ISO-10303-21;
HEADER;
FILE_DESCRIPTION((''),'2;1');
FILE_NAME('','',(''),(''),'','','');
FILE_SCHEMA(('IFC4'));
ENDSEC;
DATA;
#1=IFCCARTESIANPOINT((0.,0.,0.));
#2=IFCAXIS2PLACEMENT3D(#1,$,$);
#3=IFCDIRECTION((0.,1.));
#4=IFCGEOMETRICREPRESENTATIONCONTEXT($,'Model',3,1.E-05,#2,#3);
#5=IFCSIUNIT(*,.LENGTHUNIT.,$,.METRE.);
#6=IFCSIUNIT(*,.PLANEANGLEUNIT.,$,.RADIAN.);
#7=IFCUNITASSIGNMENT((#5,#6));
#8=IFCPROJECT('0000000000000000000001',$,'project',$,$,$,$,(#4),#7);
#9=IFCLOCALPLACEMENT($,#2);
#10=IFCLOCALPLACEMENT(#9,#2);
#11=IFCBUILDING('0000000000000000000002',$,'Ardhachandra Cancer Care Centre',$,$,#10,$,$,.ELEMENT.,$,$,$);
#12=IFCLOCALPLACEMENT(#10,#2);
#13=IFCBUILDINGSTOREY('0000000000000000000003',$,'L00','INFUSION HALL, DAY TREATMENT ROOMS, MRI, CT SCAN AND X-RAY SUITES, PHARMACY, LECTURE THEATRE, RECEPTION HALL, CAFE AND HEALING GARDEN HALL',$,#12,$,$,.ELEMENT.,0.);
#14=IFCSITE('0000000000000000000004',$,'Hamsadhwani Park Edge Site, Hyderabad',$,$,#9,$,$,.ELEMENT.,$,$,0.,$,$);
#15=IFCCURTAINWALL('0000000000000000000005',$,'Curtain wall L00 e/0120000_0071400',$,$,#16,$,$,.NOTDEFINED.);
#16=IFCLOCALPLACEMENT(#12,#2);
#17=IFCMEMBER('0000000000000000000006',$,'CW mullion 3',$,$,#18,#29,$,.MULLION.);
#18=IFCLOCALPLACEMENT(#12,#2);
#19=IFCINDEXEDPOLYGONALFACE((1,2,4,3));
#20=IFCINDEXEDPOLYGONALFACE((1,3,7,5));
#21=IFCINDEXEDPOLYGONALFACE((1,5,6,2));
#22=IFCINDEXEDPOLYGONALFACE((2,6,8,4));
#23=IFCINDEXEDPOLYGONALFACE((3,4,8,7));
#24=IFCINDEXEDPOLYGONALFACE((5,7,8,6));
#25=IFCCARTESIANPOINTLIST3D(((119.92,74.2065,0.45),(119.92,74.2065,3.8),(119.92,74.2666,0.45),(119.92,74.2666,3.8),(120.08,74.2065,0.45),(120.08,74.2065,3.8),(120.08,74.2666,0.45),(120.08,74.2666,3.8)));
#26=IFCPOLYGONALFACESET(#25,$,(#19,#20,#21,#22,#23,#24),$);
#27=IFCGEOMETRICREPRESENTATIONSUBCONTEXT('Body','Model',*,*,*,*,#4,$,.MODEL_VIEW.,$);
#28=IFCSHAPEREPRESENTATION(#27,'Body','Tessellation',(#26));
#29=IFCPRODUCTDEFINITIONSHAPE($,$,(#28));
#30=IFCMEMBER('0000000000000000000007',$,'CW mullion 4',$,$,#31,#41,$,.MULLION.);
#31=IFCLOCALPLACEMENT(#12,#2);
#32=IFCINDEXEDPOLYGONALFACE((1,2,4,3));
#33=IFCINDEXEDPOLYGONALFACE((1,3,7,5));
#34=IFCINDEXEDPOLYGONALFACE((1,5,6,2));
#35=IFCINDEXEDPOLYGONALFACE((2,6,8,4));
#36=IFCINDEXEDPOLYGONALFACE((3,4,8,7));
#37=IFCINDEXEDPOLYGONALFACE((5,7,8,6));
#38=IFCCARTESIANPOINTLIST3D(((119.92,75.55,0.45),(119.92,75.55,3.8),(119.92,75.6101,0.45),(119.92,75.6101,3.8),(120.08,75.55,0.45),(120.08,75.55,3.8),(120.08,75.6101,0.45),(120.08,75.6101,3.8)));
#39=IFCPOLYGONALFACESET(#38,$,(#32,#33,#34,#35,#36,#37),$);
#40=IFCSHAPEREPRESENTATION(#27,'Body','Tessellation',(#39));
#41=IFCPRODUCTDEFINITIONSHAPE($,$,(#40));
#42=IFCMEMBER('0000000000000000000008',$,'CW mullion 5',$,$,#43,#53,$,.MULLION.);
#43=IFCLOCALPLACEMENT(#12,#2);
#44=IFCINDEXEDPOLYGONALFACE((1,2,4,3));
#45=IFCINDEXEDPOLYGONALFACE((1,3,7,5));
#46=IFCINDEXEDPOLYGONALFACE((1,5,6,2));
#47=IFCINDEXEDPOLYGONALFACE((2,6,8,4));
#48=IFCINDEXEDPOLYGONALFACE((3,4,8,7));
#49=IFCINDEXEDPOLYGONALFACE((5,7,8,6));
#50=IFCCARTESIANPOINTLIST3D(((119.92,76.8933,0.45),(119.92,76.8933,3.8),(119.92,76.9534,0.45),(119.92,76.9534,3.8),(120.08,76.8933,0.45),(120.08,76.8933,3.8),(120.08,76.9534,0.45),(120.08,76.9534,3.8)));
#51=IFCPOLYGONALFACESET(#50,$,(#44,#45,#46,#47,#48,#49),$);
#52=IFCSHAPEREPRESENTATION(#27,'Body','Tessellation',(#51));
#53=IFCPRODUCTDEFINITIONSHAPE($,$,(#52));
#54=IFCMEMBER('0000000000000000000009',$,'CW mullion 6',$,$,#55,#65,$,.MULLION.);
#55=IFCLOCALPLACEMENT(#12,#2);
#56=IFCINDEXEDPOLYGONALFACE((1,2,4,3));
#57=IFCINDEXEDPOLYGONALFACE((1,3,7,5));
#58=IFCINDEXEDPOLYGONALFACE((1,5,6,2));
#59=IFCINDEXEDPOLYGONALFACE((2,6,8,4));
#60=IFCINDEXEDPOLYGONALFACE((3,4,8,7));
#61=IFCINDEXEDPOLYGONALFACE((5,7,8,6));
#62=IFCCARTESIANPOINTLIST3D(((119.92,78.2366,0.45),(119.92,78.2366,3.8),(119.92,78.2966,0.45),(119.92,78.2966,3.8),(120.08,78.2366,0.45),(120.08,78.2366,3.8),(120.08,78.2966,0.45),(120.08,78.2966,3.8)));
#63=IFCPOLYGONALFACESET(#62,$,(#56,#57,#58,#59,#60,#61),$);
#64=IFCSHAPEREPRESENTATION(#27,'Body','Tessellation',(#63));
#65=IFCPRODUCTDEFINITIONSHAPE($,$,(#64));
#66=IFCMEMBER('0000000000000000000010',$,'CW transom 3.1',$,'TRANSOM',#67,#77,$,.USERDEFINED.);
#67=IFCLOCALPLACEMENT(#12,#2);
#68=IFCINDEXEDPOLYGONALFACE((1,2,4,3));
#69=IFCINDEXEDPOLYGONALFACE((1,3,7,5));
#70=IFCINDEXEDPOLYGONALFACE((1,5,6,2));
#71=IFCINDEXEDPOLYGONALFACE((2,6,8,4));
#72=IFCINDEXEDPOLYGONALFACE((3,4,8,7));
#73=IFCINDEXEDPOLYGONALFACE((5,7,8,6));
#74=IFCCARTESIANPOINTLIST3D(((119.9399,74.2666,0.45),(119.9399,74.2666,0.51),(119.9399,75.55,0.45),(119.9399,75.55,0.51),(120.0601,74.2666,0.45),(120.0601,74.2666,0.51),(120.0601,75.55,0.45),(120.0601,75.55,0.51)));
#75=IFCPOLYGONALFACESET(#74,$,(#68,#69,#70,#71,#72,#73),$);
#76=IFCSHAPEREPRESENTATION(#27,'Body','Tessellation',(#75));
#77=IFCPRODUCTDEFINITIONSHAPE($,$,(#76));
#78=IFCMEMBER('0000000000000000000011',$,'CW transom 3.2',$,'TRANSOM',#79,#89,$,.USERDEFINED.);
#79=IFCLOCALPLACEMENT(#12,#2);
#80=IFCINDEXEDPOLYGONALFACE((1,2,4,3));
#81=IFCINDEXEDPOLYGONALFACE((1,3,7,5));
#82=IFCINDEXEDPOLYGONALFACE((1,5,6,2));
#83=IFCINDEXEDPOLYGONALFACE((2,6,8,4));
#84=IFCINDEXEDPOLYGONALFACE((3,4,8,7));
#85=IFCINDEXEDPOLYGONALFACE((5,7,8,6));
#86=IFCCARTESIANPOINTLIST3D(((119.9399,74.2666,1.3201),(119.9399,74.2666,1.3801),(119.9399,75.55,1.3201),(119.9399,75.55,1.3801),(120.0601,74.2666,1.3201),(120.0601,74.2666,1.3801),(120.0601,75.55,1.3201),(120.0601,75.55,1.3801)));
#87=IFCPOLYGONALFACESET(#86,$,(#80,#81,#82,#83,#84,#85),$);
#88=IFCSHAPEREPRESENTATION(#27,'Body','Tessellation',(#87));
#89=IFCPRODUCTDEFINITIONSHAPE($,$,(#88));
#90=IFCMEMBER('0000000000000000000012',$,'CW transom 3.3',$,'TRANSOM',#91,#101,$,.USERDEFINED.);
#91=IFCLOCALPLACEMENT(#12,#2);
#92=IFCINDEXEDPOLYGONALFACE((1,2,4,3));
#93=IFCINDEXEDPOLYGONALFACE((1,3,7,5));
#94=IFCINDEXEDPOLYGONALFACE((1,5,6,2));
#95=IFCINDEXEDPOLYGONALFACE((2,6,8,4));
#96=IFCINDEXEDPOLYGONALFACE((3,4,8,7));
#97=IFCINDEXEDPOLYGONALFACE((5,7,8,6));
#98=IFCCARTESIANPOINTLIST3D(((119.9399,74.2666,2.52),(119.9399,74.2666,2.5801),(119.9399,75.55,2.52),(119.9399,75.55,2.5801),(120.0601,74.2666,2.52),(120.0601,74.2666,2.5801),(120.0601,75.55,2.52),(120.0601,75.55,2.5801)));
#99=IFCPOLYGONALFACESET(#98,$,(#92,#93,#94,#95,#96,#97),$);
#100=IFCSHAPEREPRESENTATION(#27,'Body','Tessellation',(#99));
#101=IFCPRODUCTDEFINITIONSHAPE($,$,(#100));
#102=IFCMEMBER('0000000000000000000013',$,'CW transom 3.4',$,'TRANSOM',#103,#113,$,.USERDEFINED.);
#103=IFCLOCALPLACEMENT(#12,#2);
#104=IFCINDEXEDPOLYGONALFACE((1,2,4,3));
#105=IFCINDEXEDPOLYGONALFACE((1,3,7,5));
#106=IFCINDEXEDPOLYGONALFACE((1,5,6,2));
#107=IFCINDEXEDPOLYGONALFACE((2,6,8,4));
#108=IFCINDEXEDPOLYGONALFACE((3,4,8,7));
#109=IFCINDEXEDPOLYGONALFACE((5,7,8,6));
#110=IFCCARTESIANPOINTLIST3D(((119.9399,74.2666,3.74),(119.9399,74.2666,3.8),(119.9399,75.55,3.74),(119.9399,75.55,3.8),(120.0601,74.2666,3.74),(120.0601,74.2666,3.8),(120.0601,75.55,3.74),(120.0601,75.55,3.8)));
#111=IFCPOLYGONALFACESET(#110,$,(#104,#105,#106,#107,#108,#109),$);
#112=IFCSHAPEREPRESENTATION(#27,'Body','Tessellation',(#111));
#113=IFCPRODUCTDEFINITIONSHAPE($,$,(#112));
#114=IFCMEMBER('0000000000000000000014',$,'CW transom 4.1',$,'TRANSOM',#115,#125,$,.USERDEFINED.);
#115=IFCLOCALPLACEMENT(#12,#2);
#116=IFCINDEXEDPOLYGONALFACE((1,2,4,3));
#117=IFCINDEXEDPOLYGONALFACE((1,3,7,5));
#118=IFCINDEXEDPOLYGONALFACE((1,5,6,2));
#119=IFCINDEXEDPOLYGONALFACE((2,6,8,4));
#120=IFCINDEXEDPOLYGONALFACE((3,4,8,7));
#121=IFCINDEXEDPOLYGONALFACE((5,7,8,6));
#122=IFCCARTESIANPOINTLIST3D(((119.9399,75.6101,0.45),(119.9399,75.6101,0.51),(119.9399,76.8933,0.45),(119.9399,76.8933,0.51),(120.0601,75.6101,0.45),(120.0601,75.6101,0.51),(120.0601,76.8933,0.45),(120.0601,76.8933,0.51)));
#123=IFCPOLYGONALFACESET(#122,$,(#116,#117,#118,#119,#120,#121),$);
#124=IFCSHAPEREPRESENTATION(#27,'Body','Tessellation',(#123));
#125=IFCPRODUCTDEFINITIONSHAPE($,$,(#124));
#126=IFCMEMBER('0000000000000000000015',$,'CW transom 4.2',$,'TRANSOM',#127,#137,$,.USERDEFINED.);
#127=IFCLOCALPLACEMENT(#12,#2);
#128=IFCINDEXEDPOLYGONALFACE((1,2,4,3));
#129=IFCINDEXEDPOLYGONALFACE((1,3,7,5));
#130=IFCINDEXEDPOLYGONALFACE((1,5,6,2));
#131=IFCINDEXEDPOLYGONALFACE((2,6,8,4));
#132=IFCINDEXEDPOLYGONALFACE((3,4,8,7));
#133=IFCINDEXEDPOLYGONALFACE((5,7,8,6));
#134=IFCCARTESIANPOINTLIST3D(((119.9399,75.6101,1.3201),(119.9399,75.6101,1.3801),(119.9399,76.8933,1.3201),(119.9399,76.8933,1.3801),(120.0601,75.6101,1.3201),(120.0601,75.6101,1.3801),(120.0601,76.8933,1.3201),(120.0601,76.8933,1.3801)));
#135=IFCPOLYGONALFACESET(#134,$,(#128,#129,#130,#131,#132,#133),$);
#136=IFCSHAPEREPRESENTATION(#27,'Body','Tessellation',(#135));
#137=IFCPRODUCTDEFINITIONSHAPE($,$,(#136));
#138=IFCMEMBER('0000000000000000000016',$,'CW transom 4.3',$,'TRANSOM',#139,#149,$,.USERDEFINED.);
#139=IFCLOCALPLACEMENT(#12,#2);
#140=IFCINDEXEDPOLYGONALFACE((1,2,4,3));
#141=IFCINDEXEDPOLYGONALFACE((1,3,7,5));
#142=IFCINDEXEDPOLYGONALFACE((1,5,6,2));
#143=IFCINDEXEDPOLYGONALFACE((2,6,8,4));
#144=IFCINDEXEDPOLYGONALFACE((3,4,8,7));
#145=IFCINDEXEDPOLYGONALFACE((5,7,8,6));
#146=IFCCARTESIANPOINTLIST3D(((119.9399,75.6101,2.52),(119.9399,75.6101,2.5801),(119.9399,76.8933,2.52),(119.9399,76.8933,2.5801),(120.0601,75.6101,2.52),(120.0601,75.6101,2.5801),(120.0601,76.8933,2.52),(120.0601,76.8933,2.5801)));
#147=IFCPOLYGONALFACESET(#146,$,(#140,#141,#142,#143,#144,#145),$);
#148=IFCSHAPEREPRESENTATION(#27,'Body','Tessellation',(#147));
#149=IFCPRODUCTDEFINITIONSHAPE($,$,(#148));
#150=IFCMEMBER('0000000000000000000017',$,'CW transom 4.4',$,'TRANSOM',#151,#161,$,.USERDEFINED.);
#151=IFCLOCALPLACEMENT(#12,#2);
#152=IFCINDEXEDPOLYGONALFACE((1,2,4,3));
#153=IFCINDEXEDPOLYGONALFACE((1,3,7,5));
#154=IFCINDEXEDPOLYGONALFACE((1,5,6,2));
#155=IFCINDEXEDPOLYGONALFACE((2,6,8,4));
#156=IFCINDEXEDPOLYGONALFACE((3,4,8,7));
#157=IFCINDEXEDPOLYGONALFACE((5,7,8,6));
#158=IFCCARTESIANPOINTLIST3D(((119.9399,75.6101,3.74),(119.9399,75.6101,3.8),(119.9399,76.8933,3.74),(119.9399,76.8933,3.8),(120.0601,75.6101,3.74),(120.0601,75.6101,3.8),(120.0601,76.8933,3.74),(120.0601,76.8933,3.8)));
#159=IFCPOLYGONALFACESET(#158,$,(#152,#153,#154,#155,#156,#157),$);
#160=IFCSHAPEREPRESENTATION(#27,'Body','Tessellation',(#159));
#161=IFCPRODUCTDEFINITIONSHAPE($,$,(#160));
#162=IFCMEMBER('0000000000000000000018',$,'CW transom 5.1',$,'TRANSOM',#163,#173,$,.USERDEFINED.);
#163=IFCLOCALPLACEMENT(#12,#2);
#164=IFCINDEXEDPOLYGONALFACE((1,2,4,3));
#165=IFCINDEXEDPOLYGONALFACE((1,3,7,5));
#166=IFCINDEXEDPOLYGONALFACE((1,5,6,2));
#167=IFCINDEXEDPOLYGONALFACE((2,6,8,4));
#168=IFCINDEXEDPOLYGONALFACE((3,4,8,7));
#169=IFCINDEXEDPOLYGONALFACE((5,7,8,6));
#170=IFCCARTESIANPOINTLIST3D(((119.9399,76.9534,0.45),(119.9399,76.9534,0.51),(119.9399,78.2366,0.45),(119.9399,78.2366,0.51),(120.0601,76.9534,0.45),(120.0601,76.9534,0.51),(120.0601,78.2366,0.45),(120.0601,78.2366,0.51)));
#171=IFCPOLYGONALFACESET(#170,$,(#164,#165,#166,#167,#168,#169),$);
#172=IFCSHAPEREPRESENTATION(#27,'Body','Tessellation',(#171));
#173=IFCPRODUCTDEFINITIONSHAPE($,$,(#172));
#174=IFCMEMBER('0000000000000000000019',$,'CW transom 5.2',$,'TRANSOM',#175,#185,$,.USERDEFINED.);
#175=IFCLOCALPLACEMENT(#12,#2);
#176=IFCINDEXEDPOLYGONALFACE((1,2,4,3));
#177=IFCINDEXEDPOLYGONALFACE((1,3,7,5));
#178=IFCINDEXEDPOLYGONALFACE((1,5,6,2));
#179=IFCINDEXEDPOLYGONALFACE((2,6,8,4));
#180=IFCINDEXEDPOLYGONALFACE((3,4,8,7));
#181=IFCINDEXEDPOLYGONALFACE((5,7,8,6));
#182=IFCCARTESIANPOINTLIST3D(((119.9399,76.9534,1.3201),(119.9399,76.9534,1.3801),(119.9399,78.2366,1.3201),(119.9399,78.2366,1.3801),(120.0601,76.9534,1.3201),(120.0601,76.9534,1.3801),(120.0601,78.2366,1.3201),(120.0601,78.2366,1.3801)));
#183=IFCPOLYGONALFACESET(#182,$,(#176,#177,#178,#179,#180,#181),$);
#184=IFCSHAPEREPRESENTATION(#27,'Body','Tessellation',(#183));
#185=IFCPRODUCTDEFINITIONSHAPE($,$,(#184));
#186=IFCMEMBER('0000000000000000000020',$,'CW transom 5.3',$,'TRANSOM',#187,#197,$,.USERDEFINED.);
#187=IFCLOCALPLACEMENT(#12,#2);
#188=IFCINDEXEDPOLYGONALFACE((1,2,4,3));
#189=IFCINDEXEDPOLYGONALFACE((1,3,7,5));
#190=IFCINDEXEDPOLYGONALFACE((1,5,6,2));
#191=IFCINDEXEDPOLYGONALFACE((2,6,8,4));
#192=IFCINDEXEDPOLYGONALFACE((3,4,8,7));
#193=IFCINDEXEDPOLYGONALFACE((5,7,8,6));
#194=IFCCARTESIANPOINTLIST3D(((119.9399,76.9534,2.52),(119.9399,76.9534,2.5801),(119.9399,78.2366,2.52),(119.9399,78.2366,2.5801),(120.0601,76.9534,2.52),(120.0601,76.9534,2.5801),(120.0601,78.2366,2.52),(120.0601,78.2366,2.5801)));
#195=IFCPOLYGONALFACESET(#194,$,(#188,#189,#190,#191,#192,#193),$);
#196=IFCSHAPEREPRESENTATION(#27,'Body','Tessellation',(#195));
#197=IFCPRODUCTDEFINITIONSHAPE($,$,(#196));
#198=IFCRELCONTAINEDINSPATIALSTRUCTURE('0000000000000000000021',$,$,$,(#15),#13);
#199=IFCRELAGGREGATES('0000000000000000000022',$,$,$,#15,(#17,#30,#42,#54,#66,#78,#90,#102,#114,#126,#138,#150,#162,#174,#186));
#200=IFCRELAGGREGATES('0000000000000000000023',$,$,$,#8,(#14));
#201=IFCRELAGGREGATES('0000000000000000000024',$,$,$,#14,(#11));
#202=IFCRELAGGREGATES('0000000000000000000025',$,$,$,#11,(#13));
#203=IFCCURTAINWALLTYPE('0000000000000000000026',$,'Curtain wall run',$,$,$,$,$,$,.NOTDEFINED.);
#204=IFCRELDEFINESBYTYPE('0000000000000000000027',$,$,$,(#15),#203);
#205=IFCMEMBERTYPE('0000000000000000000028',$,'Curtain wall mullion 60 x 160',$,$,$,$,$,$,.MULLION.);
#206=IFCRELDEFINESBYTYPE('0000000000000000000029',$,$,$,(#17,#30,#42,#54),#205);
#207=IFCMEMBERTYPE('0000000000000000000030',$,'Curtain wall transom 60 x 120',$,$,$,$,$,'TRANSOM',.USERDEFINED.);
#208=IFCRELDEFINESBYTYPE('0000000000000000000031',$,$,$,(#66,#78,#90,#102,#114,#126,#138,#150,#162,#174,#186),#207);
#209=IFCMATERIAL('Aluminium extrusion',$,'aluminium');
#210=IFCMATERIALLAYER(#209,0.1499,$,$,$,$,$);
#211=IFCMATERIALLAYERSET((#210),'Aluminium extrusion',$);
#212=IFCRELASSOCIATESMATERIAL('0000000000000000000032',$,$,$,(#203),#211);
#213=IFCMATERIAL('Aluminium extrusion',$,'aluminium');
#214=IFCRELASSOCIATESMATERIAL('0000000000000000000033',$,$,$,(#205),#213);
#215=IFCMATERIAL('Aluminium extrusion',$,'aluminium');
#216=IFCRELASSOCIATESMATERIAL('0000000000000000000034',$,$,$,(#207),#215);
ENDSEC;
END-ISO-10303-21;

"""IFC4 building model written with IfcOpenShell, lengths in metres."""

from ifc_helpers import new_model, si_unit, direction, frame, origin, origin_2d, place, context, subcontext, project, spatial, rectangle, extrude, material, layer, layer_set, material_profile, profile_set, type_object, element, aggregate, save


model = new_model("IFC4")

# Units and contexts
model_context = context("Model", 3, precision=1e-05, world=origin(), true_north=direction((0.0, 1.0)))
body_context = subcontext(model_context, "Body", "Model", "MODEL_VIEW")
ifc_project = project(units=[si_unit("LENGTHUNIT", "METRE"), si_unit("PLANEANGLEUNIT", "RADIAN")], contexts=[model_context])

# Site, building, storey
site_placement = place(None, origin())
site = spatial("IfcSite", under=ifc_project, at=site_placement, Name="Hamsadhwani Park Edge Site, Hyderabad", CompositionType="ELEMENT", RefElevation=0.0)
building_placement = place(site_placement, origin())
building = spatial("IfcBuilding", under=site, at=building_placement, Name="Ardhachandra Cancer Care Centre", CompositionType="ELEMENT")
storey_placement = place(building_placement, origin())
storey = spatial("IfcBuildingStorey", under=building, at=storey_placement, Name="L00", Description="INFUSION HALL, DAY TREATMENT ROOMS, MRI, CT SCAN AND X-RAY SUITES, PHARMACY, LECTURE THEATRE, RECEPTION HALL, CAFE AND HEALING GARDEN HALL", CompositionType="ELEMENT", Elevation=0.0)

# Curtain wall, members
ifc_material_1 = material(Name="Aluminium extrusion", Category="aluminium")
ifc_layer_1 = layer(ifc_material_1, 0.1499)
ifc_layer_set_1 = layer_set([ifc_layer_1], Name="Aluminium extrusion")
curtain_wall_type = type_object("IfcCurtainWallType", Name="Curtain wall run", PredefinedType="NOTDEFINED", material=ifc_layer_set_1)
curtain_wall_placement = place(storey_placement, origin())
curtain_wall = element("IfcCurtainWall", 1, at=curtain_wall_placement, inside=storey, type_object=curtain_wall_type, Name="Curtain wall L00 e/0120000_0071400", PredefinedType="NOTDEFINED")
ifc_material_2 = material(Name="Aluminium extrusion", Category="aluminium")
ifc_material_profile_1 = material_profile(ifc_material_2, rectangle(XDim=0.1599, YDim=0.0601, at=origin_2d()), Name="Curtain wall mullion 60 x 160")
ifc_profile_set_1 = profile_set([ifc_material_profile_1], Name="Aluminium extrusion")
member_type_1 = type_object("IfcMemberType", Name="Curtain wall mullion 60 x 160", PredefinedType="MULLION", material=ifc_profile_set_1)
member_1_placement = place(storey_placement, frame((120.0, 74.2366, 0.45), z_axis=(0.0, 0.0, 1.0), x_axis=(-1.0, 0.0, 0.0)))
member_1 = element("IfcMember", 2, at=member_1_placement, type_object=member_type_1, Name="CW mullion 3", PredefinedType="MULLION", context=body_context, shape_type="SweptSolid", body=[
    extrude(rectangle(XDim=0.1599, YDim=0.0601, at=origin_2d()), origin(), (0.0, 0.0, 1.0), 3.3501),
])
member_2_placement = place(storey_placement, frame((120.0, 75.5801, 0.45), z_axis=(0.0, 0.0, 1.0), x_axis=(-1.0, 0.0, 0.0)))
member_2 = element("IfcMember", 3, at=member_2_placement, type_object=member_type_1, Name="CW mullion 4", PredefinedType="MULLION", context=body_context, shape_type="SweptSolid", body=[
    extrude(rectangle(XDim=0.1599, YDim=0.0601, at=origin_2d()), origin(), (0.0, 0.0, 1.0), 3.3501),
])
member_3_placement = place(storey_placement, frame((120.0, 76.9233, 0.45), z_axis=(0.0, 0.0, 1.0), x_axis=(-1.0, 0.0, 0.0)))
member_3 = element("IfcMember", 4, at=member_3_placement, type_object=member_type_1, Name="CW mullion 5", PredefinedType="MULLION", context=body_context, shape_type="SweptSolid", body=[
    extrude(rectangle(XDim=0.1599, YDim=0.0601, at=origin_2d()), origin(), (0.0, 0.0, 1.0), 3.3501),
])
member_4_placement = place(storey_placement, frame((120.0, 78.2666, 0.45), z_axis=(0.0, 0.0, 1.0), x_axis=(-1.0, 0.0, 0.0)))
member_4 = element("IfcMember", 5, at=member_4_placement, type_object=member_type_1, Name="CW mullion 6", PredefinedType="MULLION", context=body_context, shape_type="SweptSolid", body=[
    extrude(rectangle(XDim=0.1599, YDim=0.0601, at=origin_2d()), origin(), (0.0, 0.0, 1.0), 3.3501),
])
ifc_material_3 = material(Name="Aluminium extrusion", Category="aluminium")
ifc_material_profile_2 = material_profile(ifc_material_3, rectangle(XDim=0.1201, YDim=0.0601, at=origin_2d()), Name="Curtain wall transom 60 x 120")
ifc_profile_set_2 = profile_set([ifc_material_profile_2], Name="Aluminium extrusion")
member_type_2 = type_object("IfcMemberType", Name="Curtain wall transom 60 x 120", ElementType="TRANSOM", PredefinedType="USERDEFINED", material=ifc_profile_set_2)
member_5_placement = place(storey_placement, frame((120.0, 74.2666, 0.48), z_axis=(0.0, 1.0, 0.0), x_axis=(-1.0, 0.0, 0.0)))
member_5 = element("IfcMember", 6, at=member_5_placement, type_object=member_type_2, Name="CW transom 3.1", ObjectType="TRANSOM", PredefinedType="USERDEFINED", context=body_context, shape_type="SweptSolid", body=[
    extrude(rectangle(XDim=0.1201, YDim=0.0601, at=origin_2d()), origin(), (0.0, 0.0, 1.0), 1.2834),
])
member_6_placement = place(storey_placement, frame((120.0, 74.2666, 1.3501), z_axis=(0.0, 1.0, 0.0), x_axis=(-1.0, 0.0, 0.0)))
member_6 = element("IfcMember", 7, at=member_6_placement, type_object=member_type_2, Name="CW transom 3.2", ObjectType="TRANSOM", PredefinedType="USERDEFINED", context=body_context, shape_type="SweptSolid", body=[
    extrude(rectangle(XDim=0.1201, YDim=0.0601, at=origin_2d()), origin(), (0.0, 0.0, 1.0), 1.2834),
])
member_7_placement = place(storey_placement, frame((120.0, 74.2666, 2.55), z_axis=(0.0, 1.0, 0.0), x_axis=(-1.0, 0.0, 0.0)))
member_7 = element("IfcMember", 8, at=member_7_placement, type_object=member_type_2, Name="CW transom 3.3", ObjectType="TRANSOM", PredefinedType="USERDEFINED", context=body_context, shape_type="SweptSolid", body=[
    extrude(rectangle(XDim=0.1201, YDim=0.0601, at=origin_2d()), origin(), (0.0, 0.0, 1.0), 1.2834),
])
member_8_placement = place(storey_placement, frame((120.0, 74.2666, 3.77), z_axis=(0.0, 1.0, 0.0), x_axis=(-1.0, 0.0, 0.0)))
member_8 = element("IfcMember", 9, at=member_8_placement, type_object=member_type_2, Name="CW transom 3.4", ObjectType="TRANSOM", PredefinedType="USERDEFINED", context=body_context, shape_type="SweptSolid", body=[
    extrude(rectangle(XDim=0.1201, YDim=0.0601, at=origin_2d()), origin(), (0.0, 0.0, 1.0), 1.2834),
])
member_9_placement = place(storey_placement, frame((120.0, 75.6101, 0.48), z_axis=(0.0, 1.0, 0.0), x_axis=(-1.0, 0.0, 0.0)))
member_9 = element("IfcMember", 10, at=member_9_placement, type_object=member_type_2, Name="CW transom 4.1", ObjectType="TRANSOM", PredefinedType="USERDEFINED", context=body_context, shape_type="SweptSolid", body=[
    extrude(rectangle(XDim=0.1201, YDim=0.0601, at=origin_2d()), origin(), (0.0, 0.0, 1.0), 1.2832),
])
member_10_placement = place(storey_placement, frame((120.0, 75.6101, 1.3501), z_axis=(0.0, 1.0, 0.0), x_axis=(-1.0, 0.0, 0.0)))
member_10 = element("IfcMember", 11, at=member_10_placement, type_object=member_type_2, Name="CW transom 4.2", ObjectType="TRANSOM", PredefinedType="USERDEFINED", context=body_context, shape_type="SweptSolid", body=[
    extrude(rectangle(XDim=0.1201, YDim=0.0601, at=origin_2d()), origin(), (0.0, 0.0, 1.0), 1.2832),
])
member_11_placement = place(storey_placement, frame((120.0, 75.6101, 2.55), z_axis=(0.0, 1.0, 0.0), x_axis=(-1.0, 0.0, 0.0)))
member_11 = element("IfcMember", 12, at=member_11_placement, type_object=member_type_2, Name="CW transom 4.3", ObjectType="TRANSOM", PredefinedType="USERDEFINED", context=body_context, shape_type="SweptSolid", body=[
    extrude(rectangle(XDim=0.1201, YDim=0.0601, at=origin_2d()), origin(), (0.0, 0.0, 1.0), 1.2832),
])
member_12_placement = place(storey_placement, frame((120.0, 75.6101, 3.77), z_axis=(0.0, 1.0, 0.0), x_axis=(-1.0, 0.0, 0.0)))
member_12 = element("IfcMember", 13, at=member_12_placement, type_object=member_type_2, Name="CW transom 4.4", ObjectType="TRANSOM", PredefinedType="USERDEFINED", context=body_context, shape_type="SweptSolid", body=[
    extrude(rectangle(XDim=0.1201, YDim=0.0601, at=origin_2d()), origin(), (0.0, 0.0, 1.0), 1.2832),
])
member_13_placement = place(storey_placement, frame((120.0, 76.9534, 0.48), z_axis=(0.0, 1.0, 0.0), x_axis=(-1.0, 0.0, 0.0)))
member_13 = element("IfcMember", 14, at=member_13_placement, type_object=member_type_2, Name="CW transom 5.1", ObjectType="TRANSOM", PredefinedType="USERDEFINED", context=body_context, shape_type="SweptSolid", body=[
    extrude(rectangle(XDim=0.1201, YDim=0.0601, at=origin_2d()), origin(), (0.0, 0.0, 1.0), 1.2832),
])
member_14_placement = place(storey_placement, frame((120.0, 76.9534, 1.3501), z_axis=(0.0, 1.0, 0.0), x_axis=(-1.0, 0.0, 0.0)))
member_14 = element("IfcMember", 15, at=member_14_placement, type_object=member_type_2, Name="CW transom 5.2", ObjectType="TRANSOM", PredefinedType="USERDEFINED", context=body_context, shape_type="SweptSolid", body=[
    extrude(rectangle(XDim=0.1201, YDim=0.0601, at=origin_2d()), origin(), (0.0, 0.0, 1.0), 1.2832),
])
member_15_placement = place(storey_placement, frame((120.0, 76.9534, 2.55), z_axis=(0.0, 1.0, 0.0), x_axis=(-1.0, 0.0, 0.0)))
member_15 = element("IfcMember", 16, at=member_15_placement, type_object=member_type_2, Name="CW transom 5.3", ObjectType="TRANSOM", PredefinedType="USERDEFINED", context=body_context, shape_type="SweptSolid", body=[
    extrude(rectangle(XDim=0.1201, YDim=0.0601, at=origin_2d()), origin(), (0.0, 0.0, 1.0), 1.2832),
])
aggregate(curtain_wall, [member_1, member_2, member_3, member_4, member_5, member_6, member_7, member_8, member_9, member_10, member_11, member_12, member_13, member_14, member_15])

save(model, "model.ifc")
